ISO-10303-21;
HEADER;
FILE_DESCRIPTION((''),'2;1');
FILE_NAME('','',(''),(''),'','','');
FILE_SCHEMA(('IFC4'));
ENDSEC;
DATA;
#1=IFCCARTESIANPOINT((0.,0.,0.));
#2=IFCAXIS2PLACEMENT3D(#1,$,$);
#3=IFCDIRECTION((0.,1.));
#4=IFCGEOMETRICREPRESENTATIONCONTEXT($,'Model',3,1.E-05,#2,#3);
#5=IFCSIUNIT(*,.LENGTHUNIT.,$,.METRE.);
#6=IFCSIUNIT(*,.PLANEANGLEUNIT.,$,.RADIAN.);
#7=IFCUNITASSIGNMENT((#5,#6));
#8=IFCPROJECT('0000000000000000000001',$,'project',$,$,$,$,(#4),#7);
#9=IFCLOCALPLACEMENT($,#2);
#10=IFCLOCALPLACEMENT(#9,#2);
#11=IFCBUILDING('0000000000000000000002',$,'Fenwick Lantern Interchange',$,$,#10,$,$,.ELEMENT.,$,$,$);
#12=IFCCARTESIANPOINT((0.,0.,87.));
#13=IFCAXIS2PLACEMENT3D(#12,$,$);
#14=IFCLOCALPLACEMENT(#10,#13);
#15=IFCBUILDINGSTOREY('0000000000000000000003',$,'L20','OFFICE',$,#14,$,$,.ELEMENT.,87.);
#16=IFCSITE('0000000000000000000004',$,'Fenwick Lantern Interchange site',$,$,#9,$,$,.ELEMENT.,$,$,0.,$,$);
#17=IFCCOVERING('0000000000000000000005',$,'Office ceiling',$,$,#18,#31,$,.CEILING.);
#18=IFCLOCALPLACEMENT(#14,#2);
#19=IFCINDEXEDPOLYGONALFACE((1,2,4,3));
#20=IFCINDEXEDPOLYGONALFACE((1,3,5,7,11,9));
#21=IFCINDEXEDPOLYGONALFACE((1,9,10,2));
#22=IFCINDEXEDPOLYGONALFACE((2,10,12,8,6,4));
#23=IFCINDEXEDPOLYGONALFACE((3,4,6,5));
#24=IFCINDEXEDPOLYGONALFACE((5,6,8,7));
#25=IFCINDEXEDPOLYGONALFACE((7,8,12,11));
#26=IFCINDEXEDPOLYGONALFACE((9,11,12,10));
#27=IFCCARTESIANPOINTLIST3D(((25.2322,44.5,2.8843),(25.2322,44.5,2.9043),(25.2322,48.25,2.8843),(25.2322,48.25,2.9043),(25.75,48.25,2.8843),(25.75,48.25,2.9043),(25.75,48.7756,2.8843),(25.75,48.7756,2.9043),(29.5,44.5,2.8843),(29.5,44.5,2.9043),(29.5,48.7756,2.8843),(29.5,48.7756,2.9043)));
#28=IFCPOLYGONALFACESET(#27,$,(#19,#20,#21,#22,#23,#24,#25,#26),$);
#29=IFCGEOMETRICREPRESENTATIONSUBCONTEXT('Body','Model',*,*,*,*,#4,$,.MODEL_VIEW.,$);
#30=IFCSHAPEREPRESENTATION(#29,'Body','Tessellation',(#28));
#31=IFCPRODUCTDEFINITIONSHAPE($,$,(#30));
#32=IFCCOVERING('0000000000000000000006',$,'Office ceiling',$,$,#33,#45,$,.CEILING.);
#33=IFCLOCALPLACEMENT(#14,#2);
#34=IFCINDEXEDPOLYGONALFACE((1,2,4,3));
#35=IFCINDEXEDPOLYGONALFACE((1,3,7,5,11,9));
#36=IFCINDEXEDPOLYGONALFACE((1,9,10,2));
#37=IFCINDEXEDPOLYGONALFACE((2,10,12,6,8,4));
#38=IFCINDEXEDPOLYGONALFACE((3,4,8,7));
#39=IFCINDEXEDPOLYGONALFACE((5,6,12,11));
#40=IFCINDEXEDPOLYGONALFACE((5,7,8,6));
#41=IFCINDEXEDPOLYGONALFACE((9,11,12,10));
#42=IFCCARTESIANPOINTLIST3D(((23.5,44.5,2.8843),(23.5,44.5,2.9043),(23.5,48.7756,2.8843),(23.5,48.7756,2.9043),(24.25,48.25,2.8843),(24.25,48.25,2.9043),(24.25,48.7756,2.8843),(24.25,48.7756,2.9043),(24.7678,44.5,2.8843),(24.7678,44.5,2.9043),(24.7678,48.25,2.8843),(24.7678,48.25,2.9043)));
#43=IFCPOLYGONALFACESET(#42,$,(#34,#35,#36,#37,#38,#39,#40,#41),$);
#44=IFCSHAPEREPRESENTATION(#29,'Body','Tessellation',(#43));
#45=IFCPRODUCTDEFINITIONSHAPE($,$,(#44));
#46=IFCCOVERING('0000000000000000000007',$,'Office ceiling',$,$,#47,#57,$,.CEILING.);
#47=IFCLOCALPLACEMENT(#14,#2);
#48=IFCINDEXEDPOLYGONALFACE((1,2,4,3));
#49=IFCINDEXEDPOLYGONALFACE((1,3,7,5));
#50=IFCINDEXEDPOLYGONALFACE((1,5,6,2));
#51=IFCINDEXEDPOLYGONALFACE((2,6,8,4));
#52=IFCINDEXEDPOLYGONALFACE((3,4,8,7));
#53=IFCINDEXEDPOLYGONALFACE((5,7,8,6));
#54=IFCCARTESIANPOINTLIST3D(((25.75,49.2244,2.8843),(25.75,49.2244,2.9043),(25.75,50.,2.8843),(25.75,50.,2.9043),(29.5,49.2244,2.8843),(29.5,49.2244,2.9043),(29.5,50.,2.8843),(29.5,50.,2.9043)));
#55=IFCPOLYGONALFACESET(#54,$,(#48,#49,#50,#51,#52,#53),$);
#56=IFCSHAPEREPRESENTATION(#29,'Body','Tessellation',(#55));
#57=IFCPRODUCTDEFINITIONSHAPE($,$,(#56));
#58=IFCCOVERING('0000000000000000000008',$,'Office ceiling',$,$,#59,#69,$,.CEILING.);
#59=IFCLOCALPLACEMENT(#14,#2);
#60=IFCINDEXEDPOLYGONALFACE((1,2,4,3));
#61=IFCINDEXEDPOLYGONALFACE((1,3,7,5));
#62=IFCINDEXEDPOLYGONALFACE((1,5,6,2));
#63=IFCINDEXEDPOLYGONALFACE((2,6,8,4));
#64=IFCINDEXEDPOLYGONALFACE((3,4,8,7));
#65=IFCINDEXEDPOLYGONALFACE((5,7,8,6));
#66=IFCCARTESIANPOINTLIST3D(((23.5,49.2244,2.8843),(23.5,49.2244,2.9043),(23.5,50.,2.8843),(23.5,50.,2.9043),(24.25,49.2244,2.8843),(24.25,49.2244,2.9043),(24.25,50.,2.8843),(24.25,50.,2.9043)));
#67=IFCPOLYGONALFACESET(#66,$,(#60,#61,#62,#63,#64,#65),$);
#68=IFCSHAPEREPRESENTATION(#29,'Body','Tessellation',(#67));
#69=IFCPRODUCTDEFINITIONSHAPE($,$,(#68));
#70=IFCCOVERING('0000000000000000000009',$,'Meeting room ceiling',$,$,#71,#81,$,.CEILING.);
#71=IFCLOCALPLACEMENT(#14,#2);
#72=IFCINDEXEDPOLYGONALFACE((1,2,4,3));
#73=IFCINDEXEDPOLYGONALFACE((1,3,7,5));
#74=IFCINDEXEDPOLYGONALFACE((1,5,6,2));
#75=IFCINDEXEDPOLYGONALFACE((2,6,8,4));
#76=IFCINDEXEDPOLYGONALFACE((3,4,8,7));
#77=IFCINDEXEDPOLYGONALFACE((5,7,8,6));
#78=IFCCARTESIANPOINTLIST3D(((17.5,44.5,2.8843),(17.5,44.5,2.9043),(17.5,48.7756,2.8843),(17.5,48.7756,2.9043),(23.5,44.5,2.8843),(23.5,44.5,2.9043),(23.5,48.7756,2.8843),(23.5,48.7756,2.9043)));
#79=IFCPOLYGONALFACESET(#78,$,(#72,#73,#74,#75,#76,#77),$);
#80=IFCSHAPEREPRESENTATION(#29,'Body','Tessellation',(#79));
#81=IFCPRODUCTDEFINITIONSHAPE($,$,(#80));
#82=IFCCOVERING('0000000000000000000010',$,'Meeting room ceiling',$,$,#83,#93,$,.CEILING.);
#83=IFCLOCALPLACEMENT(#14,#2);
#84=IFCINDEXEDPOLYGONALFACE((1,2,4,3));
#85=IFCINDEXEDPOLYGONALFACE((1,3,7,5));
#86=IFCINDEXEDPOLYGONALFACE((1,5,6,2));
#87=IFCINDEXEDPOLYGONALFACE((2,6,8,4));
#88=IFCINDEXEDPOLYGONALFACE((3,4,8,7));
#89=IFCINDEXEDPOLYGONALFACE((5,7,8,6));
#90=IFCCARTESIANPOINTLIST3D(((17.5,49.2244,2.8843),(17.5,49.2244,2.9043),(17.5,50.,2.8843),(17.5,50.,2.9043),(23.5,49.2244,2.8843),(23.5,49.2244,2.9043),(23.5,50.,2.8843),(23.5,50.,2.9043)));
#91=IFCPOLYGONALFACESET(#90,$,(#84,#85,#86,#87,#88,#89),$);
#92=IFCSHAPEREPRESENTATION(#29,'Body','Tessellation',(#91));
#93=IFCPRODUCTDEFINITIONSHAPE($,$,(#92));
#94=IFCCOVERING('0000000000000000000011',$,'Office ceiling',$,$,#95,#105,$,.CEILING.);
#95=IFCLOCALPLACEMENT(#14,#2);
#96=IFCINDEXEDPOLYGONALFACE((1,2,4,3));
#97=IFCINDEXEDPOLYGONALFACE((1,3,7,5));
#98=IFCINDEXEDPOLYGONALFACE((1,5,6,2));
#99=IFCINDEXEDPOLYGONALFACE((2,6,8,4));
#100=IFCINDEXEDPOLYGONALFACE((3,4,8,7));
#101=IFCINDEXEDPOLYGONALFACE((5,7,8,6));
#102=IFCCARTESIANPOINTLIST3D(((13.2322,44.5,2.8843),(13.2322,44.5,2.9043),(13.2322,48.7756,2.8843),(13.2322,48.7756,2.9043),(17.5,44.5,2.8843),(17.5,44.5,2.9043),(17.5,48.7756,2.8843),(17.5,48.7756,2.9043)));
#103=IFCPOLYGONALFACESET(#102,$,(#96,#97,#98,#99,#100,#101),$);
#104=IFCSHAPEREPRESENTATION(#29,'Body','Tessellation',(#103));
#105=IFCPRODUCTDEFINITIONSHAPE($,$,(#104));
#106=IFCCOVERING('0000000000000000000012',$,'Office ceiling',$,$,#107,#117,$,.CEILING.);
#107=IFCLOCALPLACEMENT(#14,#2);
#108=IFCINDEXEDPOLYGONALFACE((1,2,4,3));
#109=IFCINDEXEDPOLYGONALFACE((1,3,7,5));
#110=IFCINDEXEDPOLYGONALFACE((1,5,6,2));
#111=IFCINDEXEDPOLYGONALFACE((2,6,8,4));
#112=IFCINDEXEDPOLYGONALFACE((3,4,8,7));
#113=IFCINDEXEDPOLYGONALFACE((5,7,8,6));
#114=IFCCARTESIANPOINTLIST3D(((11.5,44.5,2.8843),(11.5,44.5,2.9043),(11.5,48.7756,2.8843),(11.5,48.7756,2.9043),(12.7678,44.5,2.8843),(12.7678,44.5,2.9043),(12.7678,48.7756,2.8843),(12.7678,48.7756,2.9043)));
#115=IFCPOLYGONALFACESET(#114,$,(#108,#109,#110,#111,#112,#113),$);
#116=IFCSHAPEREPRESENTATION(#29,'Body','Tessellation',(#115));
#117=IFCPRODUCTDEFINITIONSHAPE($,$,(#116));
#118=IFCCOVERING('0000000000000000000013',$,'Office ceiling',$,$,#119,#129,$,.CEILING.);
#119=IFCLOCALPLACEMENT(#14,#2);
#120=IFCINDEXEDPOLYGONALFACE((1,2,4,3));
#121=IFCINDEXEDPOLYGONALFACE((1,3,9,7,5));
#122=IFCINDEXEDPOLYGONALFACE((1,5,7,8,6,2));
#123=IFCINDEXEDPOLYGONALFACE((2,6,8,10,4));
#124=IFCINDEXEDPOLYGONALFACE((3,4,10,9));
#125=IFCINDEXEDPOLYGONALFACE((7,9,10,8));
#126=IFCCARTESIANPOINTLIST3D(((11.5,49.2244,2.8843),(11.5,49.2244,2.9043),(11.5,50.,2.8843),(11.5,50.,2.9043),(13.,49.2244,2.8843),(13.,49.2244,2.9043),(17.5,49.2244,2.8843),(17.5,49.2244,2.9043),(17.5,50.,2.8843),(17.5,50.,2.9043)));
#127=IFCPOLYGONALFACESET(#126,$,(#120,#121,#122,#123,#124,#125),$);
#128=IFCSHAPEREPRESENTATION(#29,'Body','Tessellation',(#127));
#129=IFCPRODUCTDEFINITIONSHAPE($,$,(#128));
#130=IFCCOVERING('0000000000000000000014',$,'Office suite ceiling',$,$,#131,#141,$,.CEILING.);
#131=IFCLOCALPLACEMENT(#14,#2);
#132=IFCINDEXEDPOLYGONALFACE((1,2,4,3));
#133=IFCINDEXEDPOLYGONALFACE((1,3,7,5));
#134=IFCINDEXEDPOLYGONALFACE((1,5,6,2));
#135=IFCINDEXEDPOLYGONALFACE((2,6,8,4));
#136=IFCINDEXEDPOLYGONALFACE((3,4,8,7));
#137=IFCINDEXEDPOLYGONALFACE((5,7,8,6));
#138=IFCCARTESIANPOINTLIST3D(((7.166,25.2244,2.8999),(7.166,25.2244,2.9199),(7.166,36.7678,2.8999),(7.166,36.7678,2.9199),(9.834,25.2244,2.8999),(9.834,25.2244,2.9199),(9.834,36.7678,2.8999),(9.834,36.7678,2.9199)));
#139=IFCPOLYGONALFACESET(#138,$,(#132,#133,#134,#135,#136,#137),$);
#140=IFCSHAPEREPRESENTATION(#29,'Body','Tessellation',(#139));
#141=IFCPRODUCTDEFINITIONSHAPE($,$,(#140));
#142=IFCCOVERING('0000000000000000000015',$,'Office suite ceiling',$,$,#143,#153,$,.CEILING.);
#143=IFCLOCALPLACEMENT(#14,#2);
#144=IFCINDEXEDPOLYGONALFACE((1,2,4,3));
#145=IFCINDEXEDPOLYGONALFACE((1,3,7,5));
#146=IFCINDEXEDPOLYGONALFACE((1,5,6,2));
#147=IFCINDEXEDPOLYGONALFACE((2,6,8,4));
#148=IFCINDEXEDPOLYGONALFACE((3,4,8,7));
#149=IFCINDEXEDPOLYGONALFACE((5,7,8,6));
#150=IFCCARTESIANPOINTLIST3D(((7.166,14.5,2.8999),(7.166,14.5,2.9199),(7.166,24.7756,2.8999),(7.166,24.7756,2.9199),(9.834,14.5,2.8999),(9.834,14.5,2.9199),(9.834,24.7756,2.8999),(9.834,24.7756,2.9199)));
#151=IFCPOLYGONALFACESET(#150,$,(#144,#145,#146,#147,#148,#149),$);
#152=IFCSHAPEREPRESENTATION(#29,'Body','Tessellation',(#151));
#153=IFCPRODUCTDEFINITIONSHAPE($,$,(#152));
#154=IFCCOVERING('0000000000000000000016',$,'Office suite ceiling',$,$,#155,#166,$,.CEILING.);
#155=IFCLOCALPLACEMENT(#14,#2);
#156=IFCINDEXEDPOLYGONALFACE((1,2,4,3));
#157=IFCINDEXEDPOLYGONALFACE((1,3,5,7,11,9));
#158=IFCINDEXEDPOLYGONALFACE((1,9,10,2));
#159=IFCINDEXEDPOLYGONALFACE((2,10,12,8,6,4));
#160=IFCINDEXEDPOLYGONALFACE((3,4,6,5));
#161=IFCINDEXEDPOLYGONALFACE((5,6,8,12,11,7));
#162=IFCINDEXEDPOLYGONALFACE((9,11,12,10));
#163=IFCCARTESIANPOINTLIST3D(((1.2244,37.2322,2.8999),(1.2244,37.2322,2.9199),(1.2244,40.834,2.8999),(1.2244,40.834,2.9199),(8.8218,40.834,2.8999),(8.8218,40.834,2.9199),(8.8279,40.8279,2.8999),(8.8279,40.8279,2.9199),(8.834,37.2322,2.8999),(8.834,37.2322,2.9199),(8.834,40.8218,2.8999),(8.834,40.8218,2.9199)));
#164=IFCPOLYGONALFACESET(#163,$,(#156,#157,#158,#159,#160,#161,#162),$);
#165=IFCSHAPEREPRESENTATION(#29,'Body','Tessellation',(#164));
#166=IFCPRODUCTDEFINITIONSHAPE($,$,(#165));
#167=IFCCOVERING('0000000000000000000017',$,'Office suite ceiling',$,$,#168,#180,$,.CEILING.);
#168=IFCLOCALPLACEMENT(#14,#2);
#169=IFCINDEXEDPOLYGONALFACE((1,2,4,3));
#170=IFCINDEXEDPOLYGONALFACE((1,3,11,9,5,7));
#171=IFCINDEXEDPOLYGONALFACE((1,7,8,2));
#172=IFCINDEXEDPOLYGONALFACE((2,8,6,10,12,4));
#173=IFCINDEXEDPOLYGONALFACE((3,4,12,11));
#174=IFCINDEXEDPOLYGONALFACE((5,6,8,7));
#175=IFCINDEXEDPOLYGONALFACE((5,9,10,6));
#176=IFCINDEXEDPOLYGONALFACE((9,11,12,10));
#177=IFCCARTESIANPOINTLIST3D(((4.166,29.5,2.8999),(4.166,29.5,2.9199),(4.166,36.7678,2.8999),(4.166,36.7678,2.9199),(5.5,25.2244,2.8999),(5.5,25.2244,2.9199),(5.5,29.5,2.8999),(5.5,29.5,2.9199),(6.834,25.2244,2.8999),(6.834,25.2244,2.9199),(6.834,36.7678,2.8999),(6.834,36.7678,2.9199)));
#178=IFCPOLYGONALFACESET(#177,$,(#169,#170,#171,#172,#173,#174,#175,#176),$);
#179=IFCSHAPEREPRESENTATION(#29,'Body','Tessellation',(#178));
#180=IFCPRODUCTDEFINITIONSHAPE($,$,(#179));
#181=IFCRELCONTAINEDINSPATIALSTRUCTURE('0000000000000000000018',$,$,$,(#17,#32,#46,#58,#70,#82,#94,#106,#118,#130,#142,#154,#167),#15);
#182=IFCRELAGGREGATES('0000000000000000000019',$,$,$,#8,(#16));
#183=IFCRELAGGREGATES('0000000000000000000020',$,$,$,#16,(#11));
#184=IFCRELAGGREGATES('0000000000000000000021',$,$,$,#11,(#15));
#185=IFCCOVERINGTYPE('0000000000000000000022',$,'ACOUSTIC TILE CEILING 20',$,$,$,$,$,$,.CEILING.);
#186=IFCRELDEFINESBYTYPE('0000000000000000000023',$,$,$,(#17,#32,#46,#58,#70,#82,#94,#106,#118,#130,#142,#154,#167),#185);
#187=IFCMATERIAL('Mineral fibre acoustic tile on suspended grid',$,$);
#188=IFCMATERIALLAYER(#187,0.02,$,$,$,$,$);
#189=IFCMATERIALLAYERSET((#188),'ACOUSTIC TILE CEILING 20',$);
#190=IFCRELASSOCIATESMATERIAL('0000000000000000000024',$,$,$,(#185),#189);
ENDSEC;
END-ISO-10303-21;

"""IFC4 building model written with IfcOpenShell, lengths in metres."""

from ifc_helpers import new_model, si_unit, direction, frame, origin, place, context, subcontext, project, spatial, polyline, outline, extrude, material, layer, layer_set, type_object, element, save


model = new_model("IFC4")

# Units and contexts
model_context = context("Model", 3, precision=1e-05, world=origin(), true_north=direction((0.0, 1.0)))
body_context = subcontext(model_context, "Body", "Model", "MODEL_VIEW")
ifc_project = project(units=[si_unit("LENGTHUNIT", "METRE"), si_unit("PLANEANGLEUNIT", "RADIAN")], contexts=[model_context])

# Site, building, storey
site_placement = place(None, origin())
site = spatial("IfcSite", under=ifc_project, at=site_placement, Name="Fenwick Lantern Interchange site", CompositionType="ELEMENT", RefElevation=0.0)
building_placement = place(site_placement, origin())
building = spatial("IfcBuilding", under=site, at=building_placement, Name="Fenwick Lantern Interchange", CompositionType="ELEMENT")
storey_placement = place(building_placement, frame((0.0, 0.0, 87.0)))
storey = spatial("IfcBuildingStorey", under=building, at=storey_placement, Name="L20", Description="OFFICE", CompositionType="ELEMENT", Elevation=87.0)

# Coverings
ifc_material_1 = material(Name="Mineral fibre acoustic tile on suspended grid")
ifc_layer_1 = layer(ifc_material_1, 0.02)
ifc_layer_set_1 = layer_set([ifc_layer_1], Name="ACOUSTIC TILE CEILING 20")
covering_type_1 = type_object("IfcCoveringType", Name="ACOUSTIC TILE CEILING 20", PredefinedType="CEILING", material=ifc_layer_set_1)
covering_1_placement = place(storey_placement, frame((0.0, 0.0, 2.8843)))
element("IfcCovering", 1, at=covering_1_placement, inside=storey, type_object=covering_type_1, Name="Office ceiling", PredefinedType="CEILING", context=body_context, shape_type="SweptSolid", body=[
    extrude(outline(polyline([(29.5, 44.5), (29.5, 48.7756), (25.75, 48.7756), (25.75, 48.25), (25.2322, 48.25), (25.2322, 44.5), (29.5, 44.5)])), origin(), (0.0, 0.0, 1.0), 0.02),
])
covering_2_placement = place(storey_placement, frame((0.0, 0.0, 2.8843)))
element("IfcCovering", 2, at=covering_2_placement, inside=storey, type_object=covering_type_1, Name="Office ceiling", PredefinedType="CEILING", context=body_context, shape_type="SweptSolid", body=[
    extrude(outline(polyline([(23.5, 44.5), (24.7678, 44.5), (24.7678, 48.25), (24.25, 48.25), (24.25, 48.7756), (23.5, 48.7756), (23.5, 44.5)])), origin(), (0.0, 0.0, 1.0), 0.02),
])
covering_3_placement = place(storey_placement, frame((0.0, 0.0, 2.8843)))
element("IfcCovering", 3, at=covering_3_placement, inside=storey, type_object=covering_type_1, Name="Office ceiling", PredefinedType="CEILING", context=body_context, shape_type="SweptSolid", body=[
    extrude(outline(polyline([(29.5, 49.2244), (29.5, 50.0), (25.75, 50.0), (25.75, 49.2244), (29.5, 49.2244)])), origin(), (0.0, 0.0, 1.0), 0.02),
])
covering_4_placement = place(storey_placement, frame((0.0, 0.0, 2.8843)))
element("IfcCovering", 4, at=covering_4_placement, inside=storey, type_object=covering_type_1, Name="Office ceiling", PredefinedType="CEILING", context=body_context, shape_type="SweptSolid", body=[
    extrude(outline(polyline([(23.5, 50.0), (23.5, 49.2244), (24.25, 49.2244), (24.25, 50.0), (23.5, 50.0)])), origin(), (0.0, 0.0, 1.0), 0.02),
])
covering_5_placement = place(storey_placement, frame((0.0, 0.0, 2.8843)))
element("IfcCovering", 5, at=covering_5_placement, inside=storey, type_object=covering_type_1, Name="Meeting room ceiling", PredefinedType="CEILING", context=body_context, shape_type="SweptSolid", body=[
    extrude(outline(polyline([(23.5, 44.5), (23.5, 48.7756), (17.5, 48.7756), (17.5, 44.5), (23.5, 44.5)])), origin(), (0.0, 0.0, 1.0), 0.02),
])
covering_6_placement = place(storey_placement, frame((0.0, 0.0, 2.8843)))
element("IfcCovering", 6, at=covering_6_placement, inside=storey, type_object=covering_type_1, Name="Meeting room ceiling", PredefinedType="CEILING", context=body_context, shape_type="SweptSolid", body=[
    extrude(outline(polyline([(17.5, 50.0), (17.5, 49.2244), (23.5, 49.2244), (23.5, 50.0), (17.5, 50.0)])), origin(), (0.0, 0.0, 1.0), 0.02),
])
covering_7_placement = place(storey_placement, frame((0.0, 0.0, 2.8843)))
element("IfcCovering", 7, at=covering_7_placement, inside=storey, type_object=covering_type_1, Name="Office ceiling", PredefinedType="CEILING", context=body_context, shape_type="SweptSolid", body=[
    extrude(outline(polyline([(17.5, 44.5), (17.5, 48.7756), (13.2322, 48.7756), (13.2322, 44.5), (17.5, 44.5)])), origin(), (0.0, 0.0, 1.0), 0.02),
])
covering_8_placement = place(storey_placement, frame((0.0, 0.0, 2.8843)))
element("IfcCovering", 8, at=covering_8_placement, inside=storey, type_object=covering_type_1, Name="Office ceiling", PredefinedType="CEILING", context=body_context, shape_type="SweptSolid", body=[
    extrude(outline(polyline([(11.5, 44.5), (12.7678, 44.5), (12.7678, 48.7756), (11.5, 48.7756), (11.5, 44.5)])), origin(), (0.0, 0.0, 1.0), 0.02),
])
covering_9_placement = place(storey_placement, frame((0.0, 0.0, 2.8843)))
element("IfcCovering", 9, at=covering_9_placement, inside=storey, type_object=covering_type_1, Name="Office ceiling", PredefinedType="CEILING", context=body_context, shape_type="SweptSolid", body=[
    extrude(outline(polyline([(11.5, 50.0), (11.5, 49.2244), (13.0, 49.2244), (17.5, 49.2244), (17.5, 50.0), (11.5, 50.0)])), origin(), (0.0, 0.0, 1.0), 0.02),
])
covering_10_placement = place(storey_placement, frame((0.0, 0.0, 2.8999)))
element("IfcCovering", 10, at=covering_10_placement, inside=storey, type_object=covering_type_1, Name="Office suite ceiling", PredefinedType="CEILING", context=body_context, shape_type="SweptSolid", body=[
    extrude(outline(polyline([(7.166, 25.2244), (9.834, 25.2244), (9.834, 36.7678), (7.166, 36.7678), (7.166, 25.2244)])), origin(), (0.0, 0.0, 1.0), 0.02),
])
covering_11_placement = place(storey_placement, frame((0.0, 0.0, 2.8999)))
element("IfcCovering", 11, at=covering_11_placement, inside=storey, type_object=covering_type_1, Name="Office suite ceiling", PredefinedType="CEILING", context=body_context, shape_type="SweptSolid", body=[
    extrude(outline(polyline([(7.166, 14.5), (9.834, 14.5), (9.834, 24.7756), (7.166, 24.7756), (7.166, 14.5)])), origin(), (0.0, 0.0, 1.0), 0.02),
])
covering_12_placement = place(storey_placement, frame((0.0, 0.0, 2.8999)))
element("IfcCovering", 12, at=covering_12_placement, inside=storey, type_object=covering_type_1, Name="Office suite ceiling", PredefinedType="CEILING", context=body_context, shape_type="SweptSolid", body=[
    extrude(outline(polyline([(8.8279, 40.8279), (8.8218, 40.834), (1.2244, 40.834), (1.2244, 37.2322), (8.834, 37.2322), (8.834, 40.8218), (8.8279, 40.8279)])), origin(), (0.0, 0.0, 1.0), 0.02),
])
covering_13_placement = place(storey_placement, frame((0.0, 0.0, 2.8999)))
element("IfcCovering", 13, at=covering_13_placement, inside=storey, type_object=covering_type_1, Name="Office suite ceiling", PredefinedType="CEILING", context=body_context, shape_type="SweptSolid", body=[
    extrude(outline(polyline([(5.5, 29.5), (5.5, 25.2244), (6.834, 25.2244), (6.834, 36.7678), (4.166, 36.7678), (4.166, 29.5), (5.5, 29.5)])), origin(), (0.0, 0.0, 1.0), 0.02),
])

save(model, "model.ifc")
